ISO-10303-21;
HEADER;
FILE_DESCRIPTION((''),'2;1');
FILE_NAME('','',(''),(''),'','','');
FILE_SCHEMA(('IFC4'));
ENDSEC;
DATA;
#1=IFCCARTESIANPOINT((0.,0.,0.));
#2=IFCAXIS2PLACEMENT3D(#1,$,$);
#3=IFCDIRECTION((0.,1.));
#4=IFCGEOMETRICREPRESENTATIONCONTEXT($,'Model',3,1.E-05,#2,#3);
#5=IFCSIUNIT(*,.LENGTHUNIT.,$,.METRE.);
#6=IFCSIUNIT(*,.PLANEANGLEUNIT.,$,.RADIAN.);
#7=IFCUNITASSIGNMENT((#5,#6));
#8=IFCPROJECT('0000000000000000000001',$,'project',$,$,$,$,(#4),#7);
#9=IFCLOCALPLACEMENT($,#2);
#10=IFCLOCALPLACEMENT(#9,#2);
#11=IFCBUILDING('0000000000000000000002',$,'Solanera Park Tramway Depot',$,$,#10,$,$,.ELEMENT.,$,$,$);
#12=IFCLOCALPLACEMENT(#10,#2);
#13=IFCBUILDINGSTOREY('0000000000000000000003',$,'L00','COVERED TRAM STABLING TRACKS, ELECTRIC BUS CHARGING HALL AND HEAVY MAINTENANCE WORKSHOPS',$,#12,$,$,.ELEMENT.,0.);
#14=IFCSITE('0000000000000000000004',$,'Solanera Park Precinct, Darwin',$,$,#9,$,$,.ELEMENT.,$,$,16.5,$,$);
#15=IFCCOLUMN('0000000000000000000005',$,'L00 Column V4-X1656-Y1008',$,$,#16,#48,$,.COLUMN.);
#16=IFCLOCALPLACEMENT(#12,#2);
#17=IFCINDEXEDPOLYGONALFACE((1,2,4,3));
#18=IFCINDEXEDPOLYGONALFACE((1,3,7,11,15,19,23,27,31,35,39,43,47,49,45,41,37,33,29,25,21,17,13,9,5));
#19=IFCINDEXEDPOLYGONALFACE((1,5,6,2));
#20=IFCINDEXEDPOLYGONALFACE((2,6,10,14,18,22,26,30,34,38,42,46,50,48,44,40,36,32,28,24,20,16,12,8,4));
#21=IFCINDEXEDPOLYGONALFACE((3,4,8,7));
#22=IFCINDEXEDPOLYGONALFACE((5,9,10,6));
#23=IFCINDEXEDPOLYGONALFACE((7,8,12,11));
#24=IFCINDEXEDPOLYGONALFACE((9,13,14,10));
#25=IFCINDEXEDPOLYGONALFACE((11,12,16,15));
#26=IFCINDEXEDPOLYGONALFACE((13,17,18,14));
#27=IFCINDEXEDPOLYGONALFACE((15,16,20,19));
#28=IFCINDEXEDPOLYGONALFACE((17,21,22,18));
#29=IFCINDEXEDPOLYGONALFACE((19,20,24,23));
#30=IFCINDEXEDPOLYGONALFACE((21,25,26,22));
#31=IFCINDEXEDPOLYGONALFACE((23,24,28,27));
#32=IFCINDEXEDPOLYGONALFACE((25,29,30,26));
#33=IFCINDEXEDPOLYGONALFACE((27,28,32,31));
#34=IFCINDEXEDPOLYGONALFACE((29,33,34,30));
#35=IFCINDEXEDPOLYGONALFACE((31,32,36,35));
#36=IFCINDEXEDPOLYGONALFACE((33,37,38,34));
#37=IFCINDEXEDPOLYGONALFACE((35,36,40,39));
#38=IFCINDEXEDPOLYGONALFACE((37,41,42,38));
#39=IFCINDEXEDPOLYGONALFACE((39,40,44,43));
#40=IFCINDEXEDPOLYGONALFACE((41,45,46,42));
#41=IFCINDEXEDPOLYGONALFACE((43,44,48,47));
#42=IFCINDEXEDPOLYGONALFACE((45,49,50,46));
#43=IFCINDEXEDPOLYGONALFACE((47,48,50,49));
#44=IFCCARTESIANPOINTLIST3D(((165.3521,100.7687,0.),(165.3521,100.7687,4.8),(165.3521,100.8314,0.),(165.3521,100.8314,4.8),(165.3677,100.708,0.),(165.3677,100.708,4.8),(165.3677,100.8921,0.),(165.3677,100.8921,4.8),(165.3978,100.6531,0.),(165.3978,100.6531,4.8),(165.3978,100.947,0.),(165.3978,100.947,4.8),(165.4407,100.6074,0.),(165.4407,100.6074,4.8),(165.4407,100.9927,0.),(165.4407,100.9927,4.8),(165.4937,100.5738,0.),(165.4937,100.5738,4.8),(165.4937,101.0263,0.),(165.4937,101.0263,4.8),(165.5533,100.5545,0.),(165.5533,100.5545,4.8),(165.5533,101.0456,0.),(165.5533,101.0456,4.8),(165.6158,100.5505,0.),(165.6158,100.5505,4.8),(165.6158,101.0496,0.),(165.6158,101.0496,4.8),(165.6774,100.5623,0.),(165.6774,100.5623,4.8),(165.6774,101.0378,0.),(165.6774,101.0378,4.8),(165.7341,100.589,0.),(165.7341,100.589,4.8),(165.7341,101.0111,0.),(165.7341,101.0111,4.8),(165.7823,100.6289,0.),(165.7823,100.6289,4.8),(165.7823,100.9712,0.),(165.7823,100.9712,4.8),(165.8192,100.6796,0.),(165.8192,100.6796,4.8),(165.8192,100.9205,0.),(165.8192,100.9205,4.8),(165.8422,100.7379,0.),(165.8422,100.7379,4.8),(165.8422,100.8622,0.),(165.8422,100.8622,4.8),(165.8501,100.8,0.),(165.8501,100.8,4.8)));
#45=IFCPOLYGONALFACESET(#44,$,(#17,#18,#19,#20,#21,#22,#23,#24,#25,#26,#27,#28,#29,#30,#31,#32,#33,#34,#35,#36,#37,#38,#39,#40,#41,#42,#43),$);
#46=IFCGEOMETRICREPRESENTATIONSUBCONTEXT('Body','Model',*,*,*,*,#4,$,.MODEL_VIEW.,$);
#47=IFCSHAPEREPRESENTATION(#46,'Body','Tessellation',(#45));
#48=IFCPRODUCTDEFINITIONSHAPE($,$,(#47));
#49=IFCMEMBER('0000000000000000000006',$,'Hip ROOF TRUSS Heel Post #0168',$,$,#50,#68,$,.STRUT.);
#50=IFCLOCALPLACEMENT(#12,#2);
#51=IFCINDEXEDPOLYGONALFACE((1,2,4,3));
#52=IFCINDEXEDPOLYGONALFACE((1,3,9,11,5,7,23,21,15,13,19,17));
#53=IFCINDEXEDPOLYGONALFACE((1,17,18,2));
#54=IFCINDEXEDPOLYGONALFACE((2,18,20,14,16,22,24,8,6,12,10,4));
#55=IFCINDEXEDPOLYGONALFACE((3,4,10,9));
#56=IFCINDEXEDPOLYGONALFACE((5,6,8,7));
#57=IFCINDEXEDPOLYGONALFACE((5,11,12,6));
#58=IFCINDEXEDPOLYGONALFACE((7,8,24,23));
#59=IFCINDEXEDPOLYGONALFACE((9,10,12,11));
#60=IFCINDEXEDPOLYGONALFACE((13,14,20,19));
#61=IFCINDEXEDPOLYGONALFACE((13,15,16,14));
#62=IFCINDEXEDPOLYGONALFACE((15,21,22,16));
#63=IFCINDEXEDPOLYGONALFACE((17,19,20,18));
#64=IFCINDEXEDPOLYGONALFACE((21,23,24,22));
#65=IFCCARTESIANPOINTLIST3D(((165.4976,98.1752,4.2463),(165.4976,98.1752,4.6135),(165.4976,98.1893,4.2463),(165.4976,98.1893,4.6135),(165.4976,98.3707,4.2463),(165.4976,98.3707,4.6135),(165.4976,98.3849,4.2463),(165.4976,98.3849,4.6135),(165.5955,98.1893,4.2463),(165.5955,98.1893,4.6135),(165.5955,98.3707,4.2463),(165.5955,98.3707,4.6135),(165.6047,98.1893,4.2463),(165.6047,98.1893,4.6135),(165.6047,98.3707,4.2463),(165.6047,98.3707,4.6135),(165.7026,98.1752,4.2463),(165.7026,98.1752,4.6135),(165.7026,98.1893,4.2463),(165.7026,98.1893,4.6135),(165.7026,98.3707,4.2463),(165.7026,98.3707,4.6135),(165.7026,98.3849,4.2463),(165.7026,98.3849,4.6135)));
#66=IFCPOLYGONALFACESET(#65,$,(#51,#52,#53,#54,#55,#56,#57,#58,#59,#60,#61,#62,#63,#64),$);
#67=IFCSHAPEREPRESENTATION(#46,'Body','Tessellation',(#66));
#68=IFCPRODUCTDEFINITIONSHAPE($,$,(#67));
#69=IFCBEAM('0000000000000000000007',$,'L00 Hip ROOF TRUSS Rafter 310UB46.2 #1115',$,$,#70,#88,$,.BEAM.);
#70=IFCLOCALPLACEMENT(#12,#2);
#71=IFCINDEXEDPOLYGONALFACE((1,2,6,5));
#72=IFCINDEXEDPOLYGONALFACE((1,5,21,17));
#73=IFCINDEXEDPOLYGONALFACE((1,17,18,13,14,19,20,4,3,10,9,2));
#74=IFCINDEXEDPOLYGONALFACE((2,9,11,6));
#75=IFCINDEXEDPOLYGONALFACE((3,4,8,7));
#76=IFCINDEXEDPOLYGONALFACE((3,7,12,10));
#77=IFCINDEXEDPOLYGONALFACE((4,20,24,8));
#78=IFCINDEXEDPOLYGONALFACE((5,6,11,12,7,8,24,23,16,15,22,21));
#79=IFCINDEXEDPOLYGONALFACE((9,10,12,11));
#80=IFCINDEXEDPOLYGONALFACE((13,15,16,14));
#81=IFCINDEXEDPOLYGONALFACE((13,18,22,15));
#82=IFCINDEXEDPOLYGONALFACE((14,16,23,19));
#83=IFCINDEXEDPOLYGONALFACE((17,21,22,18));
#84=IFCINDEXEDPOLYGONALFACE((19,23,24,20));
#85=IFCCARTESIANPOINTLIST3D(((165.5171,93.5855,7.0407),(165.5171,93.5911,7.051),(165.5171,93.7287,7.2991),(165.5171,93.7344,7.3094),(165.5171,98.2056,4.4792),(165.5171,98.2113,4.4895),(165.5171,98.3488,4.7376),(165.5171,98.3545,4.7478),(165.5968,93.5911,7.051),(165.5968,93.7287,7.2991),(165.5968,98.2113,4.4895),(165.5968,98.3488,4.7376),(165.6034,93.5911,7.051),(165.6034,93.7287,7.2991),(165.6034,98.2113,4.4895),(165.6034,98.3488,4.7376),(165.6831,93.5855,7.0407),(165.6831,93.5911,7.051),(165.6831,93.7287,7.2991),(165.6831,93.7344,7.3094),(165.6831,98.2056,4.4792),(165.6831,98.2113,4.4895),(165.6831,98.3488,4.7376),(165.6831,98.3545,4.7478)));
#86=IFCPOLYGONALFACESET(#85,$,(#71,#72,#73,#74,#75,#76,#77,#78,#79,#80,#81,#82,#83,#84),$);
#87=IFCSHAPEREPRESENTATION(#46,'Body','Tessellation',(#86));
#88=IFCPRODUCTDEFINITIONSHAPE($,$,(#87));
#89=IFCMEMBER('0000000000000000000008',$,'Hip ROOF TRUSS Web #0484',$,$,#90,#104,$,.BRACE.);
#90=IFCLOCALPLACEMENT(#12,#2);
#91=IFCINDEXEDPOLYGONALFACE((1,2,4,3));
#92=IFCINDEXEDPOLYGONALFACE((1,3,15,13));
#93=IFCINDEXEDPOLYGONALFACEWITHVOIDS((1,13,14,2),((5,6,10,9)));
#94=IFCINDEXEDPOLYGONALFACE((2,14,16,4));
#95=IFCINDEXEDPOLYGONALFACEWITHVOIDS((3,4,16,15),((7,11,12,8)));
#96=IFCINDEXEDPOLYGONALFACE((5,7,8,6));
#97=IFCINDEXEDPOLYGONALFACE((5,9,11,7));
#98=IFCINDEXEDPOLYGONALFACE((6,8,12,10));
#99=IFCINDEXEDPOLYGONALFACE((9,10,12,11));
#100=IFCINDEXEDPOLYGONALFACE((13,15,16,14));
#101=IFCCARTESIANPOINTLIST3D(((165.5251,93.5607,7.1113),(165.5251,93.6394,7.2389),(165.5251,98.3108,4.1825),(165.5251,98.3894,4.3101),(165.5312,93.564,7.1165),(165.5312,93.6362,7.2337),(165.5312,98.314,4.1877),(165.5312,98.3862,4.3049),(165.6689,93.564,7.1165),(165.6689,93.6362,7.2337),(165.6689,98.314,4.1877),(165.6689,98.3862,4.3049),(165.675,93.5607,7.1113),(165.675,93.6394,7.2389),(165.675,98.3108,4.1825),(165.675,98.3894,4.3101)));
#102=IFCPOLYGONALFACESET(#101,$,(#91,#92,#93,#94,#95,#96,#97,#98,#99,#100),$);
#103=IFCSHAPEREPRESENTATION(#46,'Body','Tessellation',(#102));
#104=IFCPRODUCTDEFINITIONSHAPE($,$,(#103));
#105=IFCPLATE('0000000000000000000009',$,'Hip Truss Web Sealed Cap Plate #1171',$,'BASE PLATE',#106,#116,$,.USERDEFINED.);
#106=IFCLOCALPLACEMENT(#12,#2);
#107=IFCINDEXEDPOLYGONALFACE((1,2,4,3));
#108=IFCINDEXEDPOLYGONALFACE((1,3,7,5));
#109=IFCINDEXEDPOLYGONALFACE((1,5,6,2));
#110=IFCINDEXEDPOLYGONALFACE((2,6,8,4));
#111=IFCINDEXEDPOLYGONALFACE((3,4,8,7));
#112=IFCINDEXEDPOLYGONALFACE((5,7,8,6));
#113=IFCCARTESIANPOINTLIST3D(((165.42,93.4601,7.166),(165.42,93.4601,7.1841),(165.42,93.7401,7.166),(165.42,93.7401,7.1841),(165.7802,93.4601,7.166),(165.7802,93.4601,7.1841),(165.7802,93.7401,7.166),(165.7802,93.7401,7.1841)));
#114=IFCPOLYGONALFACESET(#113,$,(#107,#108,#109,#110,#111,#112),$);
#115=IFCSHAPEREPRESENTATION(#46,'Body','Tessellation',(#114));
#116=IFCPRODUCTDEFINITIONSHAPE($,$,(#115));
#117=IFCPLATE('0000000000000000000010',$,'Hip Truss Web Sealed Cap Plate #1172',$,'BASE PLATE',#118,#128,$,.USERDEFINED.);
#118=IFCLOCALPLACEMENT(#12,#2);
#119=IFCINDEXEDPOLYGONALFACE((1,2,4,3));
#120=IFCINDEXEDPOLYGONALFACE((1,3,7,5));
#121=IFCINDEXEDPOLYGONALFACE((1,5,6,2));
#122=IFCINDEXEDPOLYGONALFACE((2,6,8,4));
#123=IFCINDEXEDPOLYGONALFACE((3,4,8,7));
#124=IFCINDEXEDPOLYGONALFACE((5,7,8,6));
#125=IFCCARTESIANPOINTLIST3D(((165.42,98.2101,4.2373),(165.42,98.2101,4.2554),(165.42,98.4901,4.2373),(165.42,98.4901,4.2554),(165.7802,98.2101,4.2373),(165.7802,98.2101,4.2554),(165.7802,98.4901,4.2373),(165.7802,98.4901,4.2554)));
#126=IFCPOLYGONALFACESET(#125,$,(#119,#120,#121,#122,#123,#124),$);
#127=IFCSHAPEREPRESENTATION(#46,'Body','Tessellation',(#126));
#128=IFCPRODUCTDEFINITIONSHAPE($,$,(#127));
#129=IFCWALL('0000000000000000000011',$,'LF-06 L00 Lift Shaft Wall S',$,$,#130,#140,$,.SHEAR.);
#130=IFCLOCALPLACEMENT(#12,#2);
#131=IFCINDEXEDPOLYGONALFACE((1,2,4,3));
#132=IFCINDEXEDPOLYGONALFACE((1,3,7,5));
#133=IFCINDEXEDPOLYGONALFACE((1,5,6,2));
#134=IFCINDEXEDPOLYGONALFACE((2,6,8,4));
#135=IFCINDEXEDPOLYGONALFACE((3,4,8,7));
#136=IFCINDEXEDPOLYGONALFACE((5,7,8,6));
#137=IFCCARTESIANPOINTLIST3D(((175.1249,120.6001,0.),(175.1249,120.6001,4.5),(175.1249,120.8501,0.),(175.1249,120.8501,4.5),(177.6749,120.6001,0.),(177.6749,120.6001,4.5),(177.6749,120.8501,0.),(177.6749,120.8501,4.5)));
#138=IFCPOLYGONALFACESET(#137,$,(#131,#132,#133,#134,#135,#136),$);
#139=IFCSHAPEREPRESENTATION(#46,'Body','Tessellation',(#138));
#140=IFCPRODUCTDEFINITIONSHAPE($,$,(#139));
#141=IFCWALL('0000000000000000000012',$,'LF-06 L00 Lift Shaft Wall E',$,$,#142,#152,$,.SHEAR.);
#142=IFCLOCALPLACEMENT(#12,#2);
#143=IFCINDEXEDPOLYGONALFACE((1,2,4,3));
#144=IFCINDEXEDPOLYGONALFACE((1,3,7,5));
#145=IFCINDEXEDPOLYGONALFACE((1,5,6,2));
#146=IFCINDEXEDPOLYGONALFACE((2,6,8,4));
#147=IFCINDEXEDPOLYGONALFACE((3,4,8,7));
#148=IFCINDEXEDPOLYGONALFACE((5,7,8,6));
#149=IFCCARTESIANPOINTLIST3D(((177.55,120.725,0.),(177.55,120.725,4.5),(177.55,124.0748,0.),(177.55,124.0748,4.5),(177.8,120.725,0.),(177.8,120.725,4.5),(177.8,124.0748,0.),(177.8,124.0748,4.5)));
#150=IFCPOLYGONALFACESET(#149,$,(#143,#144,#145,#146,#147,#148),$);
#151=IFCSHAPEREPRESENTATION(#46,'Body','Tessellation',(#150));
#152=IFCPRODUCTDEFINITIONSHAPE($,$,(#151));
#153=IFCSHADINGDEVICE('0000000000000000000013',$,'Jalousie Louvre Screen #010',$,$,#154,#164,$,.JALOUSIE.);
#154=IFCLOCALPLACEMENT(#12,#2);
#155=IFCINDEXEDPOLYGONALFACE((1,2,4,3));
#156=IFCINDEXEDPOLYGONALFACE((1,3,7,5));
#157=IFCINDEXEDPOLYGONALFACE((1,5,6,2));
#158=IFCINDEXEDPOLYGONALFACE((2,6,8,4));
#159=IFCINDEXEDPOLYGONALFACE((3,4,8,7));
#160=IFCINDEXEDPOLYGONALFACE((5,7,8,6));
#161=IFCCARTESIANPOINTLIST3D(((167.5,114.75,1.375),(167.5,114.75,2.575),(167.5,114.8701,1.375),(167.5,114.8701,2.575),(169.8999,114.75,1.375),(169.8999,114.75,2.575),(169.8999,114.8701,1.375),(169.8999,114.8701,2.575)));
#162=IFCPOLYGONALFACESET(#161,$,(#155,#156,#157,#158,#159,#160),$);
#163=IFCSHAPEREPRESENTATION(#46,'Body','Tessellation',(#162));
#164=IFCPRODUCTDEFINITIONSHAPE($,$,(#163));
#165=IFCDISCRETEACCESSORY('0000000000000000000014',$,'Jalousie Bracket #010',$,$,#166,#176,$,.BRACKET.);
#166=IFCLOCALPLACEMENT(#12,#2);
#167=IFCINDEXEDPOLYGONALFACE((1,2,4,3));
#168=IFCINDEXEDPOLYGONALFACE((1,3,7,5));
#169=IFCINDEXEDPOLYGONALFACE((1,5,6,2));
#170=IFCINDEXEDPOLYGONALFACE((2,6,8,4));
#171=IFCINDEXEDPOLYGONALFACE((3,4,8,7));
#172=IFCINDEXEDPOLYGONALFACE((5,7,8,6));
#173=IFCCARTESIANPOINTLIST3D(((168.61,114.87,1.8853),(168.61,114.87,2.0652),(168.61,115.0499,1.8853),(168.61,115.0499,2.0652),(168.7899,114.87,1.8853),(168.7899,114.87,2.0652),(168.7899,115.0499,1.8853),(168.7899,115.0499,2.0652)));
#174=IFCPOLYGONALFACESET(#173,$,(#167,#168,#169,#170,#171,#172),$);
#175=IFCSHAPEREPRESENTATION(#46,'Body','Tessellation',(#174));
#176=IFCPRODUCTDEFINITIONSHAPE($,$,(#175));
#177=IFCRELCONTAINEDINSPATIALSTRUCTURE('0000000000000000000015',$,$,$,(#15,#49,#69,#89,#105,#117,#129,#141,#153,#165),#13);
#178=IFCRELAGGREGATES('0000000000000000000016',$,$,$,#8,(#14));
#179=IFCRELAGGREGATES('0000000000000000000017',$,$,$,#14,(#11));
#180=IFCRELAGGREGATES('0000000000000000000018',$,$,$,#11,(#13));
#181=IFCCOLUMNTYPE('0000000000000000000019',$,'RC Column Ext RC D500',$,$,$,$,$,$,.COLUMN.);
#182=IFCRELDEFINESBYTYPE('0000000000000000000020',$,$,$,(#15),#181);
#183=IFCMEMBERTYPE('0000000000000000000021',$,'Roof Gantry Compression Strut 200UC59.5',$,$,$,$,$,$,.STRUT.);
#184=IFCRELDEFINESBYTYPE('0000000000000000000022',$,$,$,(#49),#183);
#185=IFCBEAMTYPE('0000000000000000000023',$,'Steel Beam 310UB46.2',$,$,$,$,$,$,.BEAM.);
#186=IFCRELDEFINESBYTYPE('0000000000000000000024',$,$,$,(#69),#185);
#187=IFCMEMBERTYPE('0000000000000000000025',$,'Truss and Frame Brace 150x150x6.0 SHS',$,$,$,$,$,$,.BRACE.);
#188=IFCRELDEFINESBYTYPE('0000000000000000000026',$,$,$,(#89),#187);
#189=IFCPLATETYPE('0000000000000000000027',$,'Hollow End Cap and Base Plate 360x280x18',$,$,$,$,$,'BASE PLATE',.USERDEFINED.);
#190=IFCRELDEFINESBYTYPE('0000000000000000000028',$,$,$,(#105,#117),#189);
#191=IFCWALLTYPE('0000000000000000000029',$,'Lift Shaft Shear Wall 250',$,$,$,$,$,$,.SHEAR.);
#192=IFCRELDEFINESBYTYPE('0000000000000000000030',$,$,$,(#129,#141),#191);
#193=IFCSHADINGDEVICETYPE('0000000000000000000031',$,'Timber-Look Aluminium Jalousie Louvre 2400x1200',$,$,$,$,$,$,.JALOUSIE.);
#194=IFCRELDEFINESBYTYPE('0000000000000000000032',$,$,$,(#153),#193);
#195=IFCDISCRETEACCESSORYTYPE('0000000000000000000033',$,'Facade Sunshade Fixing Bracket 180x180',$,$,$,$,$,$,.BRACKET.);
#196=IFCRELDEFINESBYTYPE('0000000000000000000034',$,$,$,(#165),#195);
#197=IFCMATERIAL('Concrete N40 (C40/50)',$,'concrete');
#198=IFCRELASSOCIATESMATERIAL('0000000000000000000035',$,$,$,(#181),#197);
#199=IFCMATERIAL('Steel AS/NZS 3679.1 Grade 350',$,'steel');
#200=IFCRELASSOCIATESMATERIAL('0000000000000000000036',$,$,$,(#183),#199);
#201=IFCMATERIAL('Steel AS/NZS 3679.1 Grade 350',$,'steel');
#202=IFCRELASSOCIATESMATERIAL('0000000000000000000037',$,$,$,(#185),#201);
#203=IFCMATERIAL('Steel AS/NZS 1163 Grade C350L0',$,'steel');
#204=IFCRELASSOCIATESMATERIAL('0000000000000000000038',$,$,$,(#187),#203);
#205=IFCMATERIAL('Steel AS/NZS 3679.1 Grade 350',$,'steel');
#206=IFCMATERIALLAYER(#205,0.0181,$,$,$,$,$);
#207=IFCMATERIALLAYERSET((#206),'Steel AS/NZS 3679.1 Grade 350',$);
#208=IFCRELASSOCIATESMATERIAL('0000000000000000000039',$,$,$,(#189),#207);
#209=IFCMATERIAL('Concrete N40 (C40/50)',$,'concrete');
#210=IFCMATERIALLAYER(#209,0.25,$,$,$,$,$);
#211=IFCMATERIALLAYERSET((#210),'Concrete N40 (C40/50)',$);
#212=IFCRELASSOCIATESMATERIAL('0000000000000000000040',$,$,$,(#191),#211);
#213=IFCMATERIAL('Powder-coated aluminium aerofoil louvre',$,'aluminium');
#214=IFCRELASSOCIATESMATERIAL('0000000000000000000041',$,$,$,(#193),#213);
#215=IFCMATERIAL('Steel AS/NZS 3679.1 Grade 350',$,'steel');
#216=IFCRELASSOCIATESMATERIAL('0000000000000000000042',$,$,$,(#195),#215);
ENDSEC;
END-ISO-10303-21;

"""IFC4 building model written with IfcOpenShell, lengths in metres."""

from ifc_helpers import new_model, si_unit, direction, frame, frame_2d, origin, origin_2d, place, context, subcontext, project, spatial, rectangle, hollow_rectangle, circle, i_section, extrude, material, layer, layer_set, material_profile, profile_set, type_object, element, save


model = new_model("IFC4")

# Units and contexts
model_context = context("Model", 3, precision=1e-05, world=origin(), true_north=direction((0.0, 1.0)))
body_context = subcontext(model_context, "Body", "Model", "MODEL_VIEW")
ifc_project = project(units=[si_unit("LENGTHUNIT", "METRE"), si_unit("PLANEANGLEUNIT", "RADIAN")], contexts=[model_context])

# Site, building, storey
site_placement = place(None, origin())
site = spatial("IfcSite", under=ifc_project, at=site_placement, Name="Solanera Park Precinct, Darwin", CompositionType="ELEMENT", RefElevation=16.5)
building_placement = place(site_placement, origin())
building = spatial("IfcBuilding", under=site, at=building_placement, Name="Solanera Park Tramway Depot", CompositionType="ELEMENT")
storey_placement = place(building_placement, origin())
storey = spatial("IfcBuildingStorey", under=building, at=storey_placement, Name="L00", Description="COVERED TRAM STABLING TRACKS, ELECTRIC BUS CHARGING HALL AND HEAVY MAINTENANCE WORKSHOPS", CompositionType="ELEMENT", Elevation=0.0)

# Column
ifc_material_1 = material(Name="Concrete N40 (C40/50)", Category="concrete")
ifc_material_profile_1 = material_profile(ifc_material_1, circle(Radius=0.25, at=origin_2d()), Name="RC D500")
ifc_profile_set_1 = profile_set([ifc_material_profile_1], Name="Concrete N40 (C40/50)")
column_type_1 = type_object("IfcColumnType", Name="RC Column Ext RC D500", PredefinedType="COLUMN", material=ifc_profile_set_1)
column_1_placement = place(storey_placement, frame((165.6001, 100.8, 0.0), z_axis=(0.0, 0.0, 1.0), x_axis=(1.0, 0.0, 0.0)))
element("IfcColumn", 1, at=column_1_placement, inside=storey, type_object=column_type_1, Name="L00 Column V4-X1656-Y1008", PredefinedType="COLUMN", context=body_context, shape_type="SweptSolid", body=[
    extrude(circle(Radius=0.25, at=origin_2d()), origin(), (0.0, 0.0, 1.0), 4.8),
])

# Member
ifc_material_2 = material(Name="Steel AS/NZS 3679.1 Grade 350", Category="steel")
ifc_material_profile_2 = material_profile(ifc_material_2, i_section(OverallWidth=0.2051, OverallDepth=0.2097, WebThickness=0.0093, FlangeThickness=0.0142, at=origin_2d()), Name="200UC59.5")
ifc_profile_set_2 = profile_set([ifc_material_profile_2], Name="Steel AS/NZS 3679.1 Grade 350")
member_type_1 = type_object("IfcMemberType", Name="Roof Gantry Compression Strut 200UC59.5", PredefinedType="STRUT", material=ifc_profile_set_2)
member_1_placement = place(storey_placement, frame((165.6001, 98.28, 4.2463), z_axis=(0.0, 0.0, 1.0), x_axis=(1.0, 0.0, 0.0)))
element("IfcMember", 2, at=member_1_placement, inside=storey, type_object=member_type_1, Name="Hip ROOF TRUSS Heel Post #0168", PredefinedType="STRUT", context=body_context, shape_type="SweptSolid", body=[
    extrude(i_section(OverallWidth=0.2051, OverallDepth=0.2097, WebThickness=0.0093, FlangeThickness=0.0142, at=origin_2d()), origin(), (0.0, 0.0, 1.0), 0.3672),
])

# Beam
ifc_material_3 = material(Name="Steel AS/NZS 3679.1 Grade 350", Category="steel")
ifc_material_profile_3 = material_profile(ifc_material_3, i_section(OverallWidth=0.166, OverallDepth=0.3071, WebThickness=0.0066, FlangeThickness=0.0117, at=origin_2d()), Name="310UB46.2")
ifc_profile_set_3 = profile_set([ifc_material_profile_3], Name="Steel AS/NZS 3679.1 Grade 350")
beam_type = type_object("IfcBeamType", Name="Steel Beam 310UB46.2", PredefinedType="BEAM", material=ifc_profile_set_3)
beam_placement = place(storey_placement, frame((165.6001, 93.6599, 7.175), z_axis=(0.0, 0.874576, -0.484889), x_axis=(-1.0, 0.0, 0.0)))
element("IfcBeam", 3, at=beam_placement, inside=storey, type_object=beam_type, Name="L00 Hip ROOF TRUSS Rafter 310UB46.2 #1115", PredefinedType="BEAM", context=body_context, shape_type="SweptSolid", body=[
    extrude(i_section(OverallWidth=0.166, OverallDepth=0.3071, WebThickness=0.0066, FlangeThickness=0.0117, at=origin_2d()), origin(), (0.0, 0.0, 1.0), 5.2827),
])

# Member
ifc_material_4 = material(Name="Steel AS/NZS 1163 Grade C350L0", Category="steel")
ifc_material_profile_4 = material_profile(ifc_material_4, hollow_rectangle(XDim=0.1499, YDim=0.1499, WallThickness=0.0061, at=origin_2d()), Name="150x150x6.0 SHS")
ifc_profile_set_4 = profile_set([ifc_material_profile_4], Name="Steel AS/NZS 1163 Grade C350L0")
member_type_2 = type_object("IfcMemberType", Name="Truss and Frame Brace 150x150x6.0 SHS", PredefinedType="BRACE", material=ifc_profile_set_4)
member_2_placement = place(storey_placement, frame((165.6001, 98.3501, 4.2463), z_axis=(0.0, -0.851207, 0.52483), x_axis=(1.0, 0.0, 0.0)))
element("IfcMember", 4, at=member_2_placement, inside=storey, type_object=member_type_2, Name="Hip ROOF TRUSS Web #0484", PredefinedType="BRACE", context=body_context, shape_type="SweptSolid", body=[
    extrude(hollow_rectangle(XDim=0.1499, YDim=0.1499, WallThickness=0.0061, at=origin_2d()), origin(), (0.0, 0.0, 1.0), 5.5803),
])

# Plates
ifc_material_5 = material(Name="Steel AS/NZS 3679.1 Grade 350", Category="steel")
ifc_layer_1 = layer(ifc_material_5, 0.0181)
ifc_layer_set_1 = layer_set([ifc_layer_1], Name="Steel AS/NZS 3679.1 Grade 350")
plate_type = type_object("IfcPlateType", Name="Hollow End Cap and Base Plate 360x280x18", ElementType="BASE PLATE", PredefinedType="USERDEFINED", material=ifc_layer_set_1)
for number, where, z_axis, x_axis, name in (
    (5, (165.6001, 93.6001, 7.166), (0.0, 0.0, 1.0), (1.0, 0.0, 0.0), "Hip Truss Web Sealed Cap Plate #1171"),
    (6, (165.6001, 98.3501, 4.2373), (0.0, 0.0, 1.0), (1.0, 0.0, 0.0), "Hip Truss Web Sealed Cap Plate #1172"),
):
    element("IfcPlate", number, at=place(storey_placement, frame(where, z_axis=z_axis, x_axis=x_axis)), inside=storey, type_object=plate_type, Name=name, ObjectType="BASE PLATE", PredefinedType="USERDEFINED", context=body_context, shape_type="SweptSolid", body=[
        extrude(rectangle(XDim=0.3601, YDim=0.28, at=origin_2d()), origin(), (0.0, 0.0, 1.0), 0.0181),
    ])

# Walls
ifc_material_6 = material(Name="Concrete N40 (C40/50)", Category="concrete")
ifc_layer_2 = layer(ifc_material_6, 0.25)
ifc_layer_set_2 = layer_set([ifc_layer_2], Name="Concrete N40 (C40/50)")
wall_type_1 = type_object("IfcWallType", Name="Lift Shaft Shear Wall 250", PredefinedType="SHEAR", material=ifc_layer_set_2)
wall_1_placement = place(storey_placement, frame((175.125, 120.7251, 0.0), z_axis=(0.0, 0.0, 1.0), x_axis=(1.0, 0.0, 0.0)))
element("IfcWall", 7, at=wall_1_placement, inside=storey, type_object=wall_type_1, Name="LF-06 L00 Lift Shaft Wall S", PredefinedType="SHEAR", context=body_context, shape_type="SweptSolid", body=[
    extrude(rectangle(XDim=2.55, YDim=0.25, at=frame_2d((1.2749, 0.0))), origin(), (0.0, 0.0, 1.0), 4.5),
])
wall_2_placement = place(storey_placement, frame((177.675, 120.7251, 0.0), z_axis=(0.0, 0.0, 1.0), x_axis=(0.0, 1.0, 0.0)))
element("IfcWall", 8, at=wall_2_placement, inside=storey, type_object=wall_type_1, Name="LF-06 L00 Lift Shaft Wall E", PredefinedType="SHEAR", context=body_context, shape_type="SweptSolid", body=[
    extrude(rectangle(XDim=3.3499, YDim=0.25, at=frame_2d((1.6748, 0.0))), origin(), (0.0, 0.0, 1.0), 4.5),
])

# Shading device
ifc_material_7 = material(Name="Powder-coated aluminium aerofoil louvre", Category="aluminium")
shading_device_type = type_object("IfcShadingDeviceType", Name="Timber-Look Aluminium Jalousie Louvre 2400x1200", PredefinedType="JALOUSIE", material=ifc_material_7)
shading_device_placement = place(storey_placement, frame((168.7, 114.8101, 1.375), z_axis=(0.0, 0.0, 1.0), x_axis=(1.0, 0.0, 0.0)))
element("IfcShadingDevice", 9, at=shading_device_placement, inside=storey, type_object=shading_device_type, Name="Jalousie Louvre Screen #010", PredefinedType="JALOUSIE", context=body_context, shape_type="SweptSolid", body=[
    extrude(rectangle(XDim=2.3999, YDim=0.1201, at=origin_2d()), origin(), (0.0, 0.0, 1.0), 1.2),
])

# Discrete accessory
ifc_material_8 = material(Name="Steel AS/NZS 3679.1 Grade 350", Category="steel")
discrete_accessory_type = type_object("IfcDiscreteAccessoryType", Name="Facade Sunshade Fixing Bracket 180x180", PredefinedType="BRACKET", material=ifc_material_8)
discrete_accessory_placement = place(storey_placement, frame((168.7, 114.96, 1.8853), z_axis=(0.0, 0.0, 1.0), x_axis=(1.0, 0.0, 0.0)))
element("IfcDiscreteAccessory", 10, at=discrete_accessory_placement, inside=storey, type_object=discrete_accessory_type, Name="Jalousie Bracket #010", PredefinedType="BRACKET", context=body_context, shape_type="SweptSolid", body=[
    extrude(rectangle(XDim=0.1799, YDim=0.1799, at=origin_2d()), origin(), (0.0, 0.0, 1.0), 0.1799),
])

save(model, "model.ifc")
